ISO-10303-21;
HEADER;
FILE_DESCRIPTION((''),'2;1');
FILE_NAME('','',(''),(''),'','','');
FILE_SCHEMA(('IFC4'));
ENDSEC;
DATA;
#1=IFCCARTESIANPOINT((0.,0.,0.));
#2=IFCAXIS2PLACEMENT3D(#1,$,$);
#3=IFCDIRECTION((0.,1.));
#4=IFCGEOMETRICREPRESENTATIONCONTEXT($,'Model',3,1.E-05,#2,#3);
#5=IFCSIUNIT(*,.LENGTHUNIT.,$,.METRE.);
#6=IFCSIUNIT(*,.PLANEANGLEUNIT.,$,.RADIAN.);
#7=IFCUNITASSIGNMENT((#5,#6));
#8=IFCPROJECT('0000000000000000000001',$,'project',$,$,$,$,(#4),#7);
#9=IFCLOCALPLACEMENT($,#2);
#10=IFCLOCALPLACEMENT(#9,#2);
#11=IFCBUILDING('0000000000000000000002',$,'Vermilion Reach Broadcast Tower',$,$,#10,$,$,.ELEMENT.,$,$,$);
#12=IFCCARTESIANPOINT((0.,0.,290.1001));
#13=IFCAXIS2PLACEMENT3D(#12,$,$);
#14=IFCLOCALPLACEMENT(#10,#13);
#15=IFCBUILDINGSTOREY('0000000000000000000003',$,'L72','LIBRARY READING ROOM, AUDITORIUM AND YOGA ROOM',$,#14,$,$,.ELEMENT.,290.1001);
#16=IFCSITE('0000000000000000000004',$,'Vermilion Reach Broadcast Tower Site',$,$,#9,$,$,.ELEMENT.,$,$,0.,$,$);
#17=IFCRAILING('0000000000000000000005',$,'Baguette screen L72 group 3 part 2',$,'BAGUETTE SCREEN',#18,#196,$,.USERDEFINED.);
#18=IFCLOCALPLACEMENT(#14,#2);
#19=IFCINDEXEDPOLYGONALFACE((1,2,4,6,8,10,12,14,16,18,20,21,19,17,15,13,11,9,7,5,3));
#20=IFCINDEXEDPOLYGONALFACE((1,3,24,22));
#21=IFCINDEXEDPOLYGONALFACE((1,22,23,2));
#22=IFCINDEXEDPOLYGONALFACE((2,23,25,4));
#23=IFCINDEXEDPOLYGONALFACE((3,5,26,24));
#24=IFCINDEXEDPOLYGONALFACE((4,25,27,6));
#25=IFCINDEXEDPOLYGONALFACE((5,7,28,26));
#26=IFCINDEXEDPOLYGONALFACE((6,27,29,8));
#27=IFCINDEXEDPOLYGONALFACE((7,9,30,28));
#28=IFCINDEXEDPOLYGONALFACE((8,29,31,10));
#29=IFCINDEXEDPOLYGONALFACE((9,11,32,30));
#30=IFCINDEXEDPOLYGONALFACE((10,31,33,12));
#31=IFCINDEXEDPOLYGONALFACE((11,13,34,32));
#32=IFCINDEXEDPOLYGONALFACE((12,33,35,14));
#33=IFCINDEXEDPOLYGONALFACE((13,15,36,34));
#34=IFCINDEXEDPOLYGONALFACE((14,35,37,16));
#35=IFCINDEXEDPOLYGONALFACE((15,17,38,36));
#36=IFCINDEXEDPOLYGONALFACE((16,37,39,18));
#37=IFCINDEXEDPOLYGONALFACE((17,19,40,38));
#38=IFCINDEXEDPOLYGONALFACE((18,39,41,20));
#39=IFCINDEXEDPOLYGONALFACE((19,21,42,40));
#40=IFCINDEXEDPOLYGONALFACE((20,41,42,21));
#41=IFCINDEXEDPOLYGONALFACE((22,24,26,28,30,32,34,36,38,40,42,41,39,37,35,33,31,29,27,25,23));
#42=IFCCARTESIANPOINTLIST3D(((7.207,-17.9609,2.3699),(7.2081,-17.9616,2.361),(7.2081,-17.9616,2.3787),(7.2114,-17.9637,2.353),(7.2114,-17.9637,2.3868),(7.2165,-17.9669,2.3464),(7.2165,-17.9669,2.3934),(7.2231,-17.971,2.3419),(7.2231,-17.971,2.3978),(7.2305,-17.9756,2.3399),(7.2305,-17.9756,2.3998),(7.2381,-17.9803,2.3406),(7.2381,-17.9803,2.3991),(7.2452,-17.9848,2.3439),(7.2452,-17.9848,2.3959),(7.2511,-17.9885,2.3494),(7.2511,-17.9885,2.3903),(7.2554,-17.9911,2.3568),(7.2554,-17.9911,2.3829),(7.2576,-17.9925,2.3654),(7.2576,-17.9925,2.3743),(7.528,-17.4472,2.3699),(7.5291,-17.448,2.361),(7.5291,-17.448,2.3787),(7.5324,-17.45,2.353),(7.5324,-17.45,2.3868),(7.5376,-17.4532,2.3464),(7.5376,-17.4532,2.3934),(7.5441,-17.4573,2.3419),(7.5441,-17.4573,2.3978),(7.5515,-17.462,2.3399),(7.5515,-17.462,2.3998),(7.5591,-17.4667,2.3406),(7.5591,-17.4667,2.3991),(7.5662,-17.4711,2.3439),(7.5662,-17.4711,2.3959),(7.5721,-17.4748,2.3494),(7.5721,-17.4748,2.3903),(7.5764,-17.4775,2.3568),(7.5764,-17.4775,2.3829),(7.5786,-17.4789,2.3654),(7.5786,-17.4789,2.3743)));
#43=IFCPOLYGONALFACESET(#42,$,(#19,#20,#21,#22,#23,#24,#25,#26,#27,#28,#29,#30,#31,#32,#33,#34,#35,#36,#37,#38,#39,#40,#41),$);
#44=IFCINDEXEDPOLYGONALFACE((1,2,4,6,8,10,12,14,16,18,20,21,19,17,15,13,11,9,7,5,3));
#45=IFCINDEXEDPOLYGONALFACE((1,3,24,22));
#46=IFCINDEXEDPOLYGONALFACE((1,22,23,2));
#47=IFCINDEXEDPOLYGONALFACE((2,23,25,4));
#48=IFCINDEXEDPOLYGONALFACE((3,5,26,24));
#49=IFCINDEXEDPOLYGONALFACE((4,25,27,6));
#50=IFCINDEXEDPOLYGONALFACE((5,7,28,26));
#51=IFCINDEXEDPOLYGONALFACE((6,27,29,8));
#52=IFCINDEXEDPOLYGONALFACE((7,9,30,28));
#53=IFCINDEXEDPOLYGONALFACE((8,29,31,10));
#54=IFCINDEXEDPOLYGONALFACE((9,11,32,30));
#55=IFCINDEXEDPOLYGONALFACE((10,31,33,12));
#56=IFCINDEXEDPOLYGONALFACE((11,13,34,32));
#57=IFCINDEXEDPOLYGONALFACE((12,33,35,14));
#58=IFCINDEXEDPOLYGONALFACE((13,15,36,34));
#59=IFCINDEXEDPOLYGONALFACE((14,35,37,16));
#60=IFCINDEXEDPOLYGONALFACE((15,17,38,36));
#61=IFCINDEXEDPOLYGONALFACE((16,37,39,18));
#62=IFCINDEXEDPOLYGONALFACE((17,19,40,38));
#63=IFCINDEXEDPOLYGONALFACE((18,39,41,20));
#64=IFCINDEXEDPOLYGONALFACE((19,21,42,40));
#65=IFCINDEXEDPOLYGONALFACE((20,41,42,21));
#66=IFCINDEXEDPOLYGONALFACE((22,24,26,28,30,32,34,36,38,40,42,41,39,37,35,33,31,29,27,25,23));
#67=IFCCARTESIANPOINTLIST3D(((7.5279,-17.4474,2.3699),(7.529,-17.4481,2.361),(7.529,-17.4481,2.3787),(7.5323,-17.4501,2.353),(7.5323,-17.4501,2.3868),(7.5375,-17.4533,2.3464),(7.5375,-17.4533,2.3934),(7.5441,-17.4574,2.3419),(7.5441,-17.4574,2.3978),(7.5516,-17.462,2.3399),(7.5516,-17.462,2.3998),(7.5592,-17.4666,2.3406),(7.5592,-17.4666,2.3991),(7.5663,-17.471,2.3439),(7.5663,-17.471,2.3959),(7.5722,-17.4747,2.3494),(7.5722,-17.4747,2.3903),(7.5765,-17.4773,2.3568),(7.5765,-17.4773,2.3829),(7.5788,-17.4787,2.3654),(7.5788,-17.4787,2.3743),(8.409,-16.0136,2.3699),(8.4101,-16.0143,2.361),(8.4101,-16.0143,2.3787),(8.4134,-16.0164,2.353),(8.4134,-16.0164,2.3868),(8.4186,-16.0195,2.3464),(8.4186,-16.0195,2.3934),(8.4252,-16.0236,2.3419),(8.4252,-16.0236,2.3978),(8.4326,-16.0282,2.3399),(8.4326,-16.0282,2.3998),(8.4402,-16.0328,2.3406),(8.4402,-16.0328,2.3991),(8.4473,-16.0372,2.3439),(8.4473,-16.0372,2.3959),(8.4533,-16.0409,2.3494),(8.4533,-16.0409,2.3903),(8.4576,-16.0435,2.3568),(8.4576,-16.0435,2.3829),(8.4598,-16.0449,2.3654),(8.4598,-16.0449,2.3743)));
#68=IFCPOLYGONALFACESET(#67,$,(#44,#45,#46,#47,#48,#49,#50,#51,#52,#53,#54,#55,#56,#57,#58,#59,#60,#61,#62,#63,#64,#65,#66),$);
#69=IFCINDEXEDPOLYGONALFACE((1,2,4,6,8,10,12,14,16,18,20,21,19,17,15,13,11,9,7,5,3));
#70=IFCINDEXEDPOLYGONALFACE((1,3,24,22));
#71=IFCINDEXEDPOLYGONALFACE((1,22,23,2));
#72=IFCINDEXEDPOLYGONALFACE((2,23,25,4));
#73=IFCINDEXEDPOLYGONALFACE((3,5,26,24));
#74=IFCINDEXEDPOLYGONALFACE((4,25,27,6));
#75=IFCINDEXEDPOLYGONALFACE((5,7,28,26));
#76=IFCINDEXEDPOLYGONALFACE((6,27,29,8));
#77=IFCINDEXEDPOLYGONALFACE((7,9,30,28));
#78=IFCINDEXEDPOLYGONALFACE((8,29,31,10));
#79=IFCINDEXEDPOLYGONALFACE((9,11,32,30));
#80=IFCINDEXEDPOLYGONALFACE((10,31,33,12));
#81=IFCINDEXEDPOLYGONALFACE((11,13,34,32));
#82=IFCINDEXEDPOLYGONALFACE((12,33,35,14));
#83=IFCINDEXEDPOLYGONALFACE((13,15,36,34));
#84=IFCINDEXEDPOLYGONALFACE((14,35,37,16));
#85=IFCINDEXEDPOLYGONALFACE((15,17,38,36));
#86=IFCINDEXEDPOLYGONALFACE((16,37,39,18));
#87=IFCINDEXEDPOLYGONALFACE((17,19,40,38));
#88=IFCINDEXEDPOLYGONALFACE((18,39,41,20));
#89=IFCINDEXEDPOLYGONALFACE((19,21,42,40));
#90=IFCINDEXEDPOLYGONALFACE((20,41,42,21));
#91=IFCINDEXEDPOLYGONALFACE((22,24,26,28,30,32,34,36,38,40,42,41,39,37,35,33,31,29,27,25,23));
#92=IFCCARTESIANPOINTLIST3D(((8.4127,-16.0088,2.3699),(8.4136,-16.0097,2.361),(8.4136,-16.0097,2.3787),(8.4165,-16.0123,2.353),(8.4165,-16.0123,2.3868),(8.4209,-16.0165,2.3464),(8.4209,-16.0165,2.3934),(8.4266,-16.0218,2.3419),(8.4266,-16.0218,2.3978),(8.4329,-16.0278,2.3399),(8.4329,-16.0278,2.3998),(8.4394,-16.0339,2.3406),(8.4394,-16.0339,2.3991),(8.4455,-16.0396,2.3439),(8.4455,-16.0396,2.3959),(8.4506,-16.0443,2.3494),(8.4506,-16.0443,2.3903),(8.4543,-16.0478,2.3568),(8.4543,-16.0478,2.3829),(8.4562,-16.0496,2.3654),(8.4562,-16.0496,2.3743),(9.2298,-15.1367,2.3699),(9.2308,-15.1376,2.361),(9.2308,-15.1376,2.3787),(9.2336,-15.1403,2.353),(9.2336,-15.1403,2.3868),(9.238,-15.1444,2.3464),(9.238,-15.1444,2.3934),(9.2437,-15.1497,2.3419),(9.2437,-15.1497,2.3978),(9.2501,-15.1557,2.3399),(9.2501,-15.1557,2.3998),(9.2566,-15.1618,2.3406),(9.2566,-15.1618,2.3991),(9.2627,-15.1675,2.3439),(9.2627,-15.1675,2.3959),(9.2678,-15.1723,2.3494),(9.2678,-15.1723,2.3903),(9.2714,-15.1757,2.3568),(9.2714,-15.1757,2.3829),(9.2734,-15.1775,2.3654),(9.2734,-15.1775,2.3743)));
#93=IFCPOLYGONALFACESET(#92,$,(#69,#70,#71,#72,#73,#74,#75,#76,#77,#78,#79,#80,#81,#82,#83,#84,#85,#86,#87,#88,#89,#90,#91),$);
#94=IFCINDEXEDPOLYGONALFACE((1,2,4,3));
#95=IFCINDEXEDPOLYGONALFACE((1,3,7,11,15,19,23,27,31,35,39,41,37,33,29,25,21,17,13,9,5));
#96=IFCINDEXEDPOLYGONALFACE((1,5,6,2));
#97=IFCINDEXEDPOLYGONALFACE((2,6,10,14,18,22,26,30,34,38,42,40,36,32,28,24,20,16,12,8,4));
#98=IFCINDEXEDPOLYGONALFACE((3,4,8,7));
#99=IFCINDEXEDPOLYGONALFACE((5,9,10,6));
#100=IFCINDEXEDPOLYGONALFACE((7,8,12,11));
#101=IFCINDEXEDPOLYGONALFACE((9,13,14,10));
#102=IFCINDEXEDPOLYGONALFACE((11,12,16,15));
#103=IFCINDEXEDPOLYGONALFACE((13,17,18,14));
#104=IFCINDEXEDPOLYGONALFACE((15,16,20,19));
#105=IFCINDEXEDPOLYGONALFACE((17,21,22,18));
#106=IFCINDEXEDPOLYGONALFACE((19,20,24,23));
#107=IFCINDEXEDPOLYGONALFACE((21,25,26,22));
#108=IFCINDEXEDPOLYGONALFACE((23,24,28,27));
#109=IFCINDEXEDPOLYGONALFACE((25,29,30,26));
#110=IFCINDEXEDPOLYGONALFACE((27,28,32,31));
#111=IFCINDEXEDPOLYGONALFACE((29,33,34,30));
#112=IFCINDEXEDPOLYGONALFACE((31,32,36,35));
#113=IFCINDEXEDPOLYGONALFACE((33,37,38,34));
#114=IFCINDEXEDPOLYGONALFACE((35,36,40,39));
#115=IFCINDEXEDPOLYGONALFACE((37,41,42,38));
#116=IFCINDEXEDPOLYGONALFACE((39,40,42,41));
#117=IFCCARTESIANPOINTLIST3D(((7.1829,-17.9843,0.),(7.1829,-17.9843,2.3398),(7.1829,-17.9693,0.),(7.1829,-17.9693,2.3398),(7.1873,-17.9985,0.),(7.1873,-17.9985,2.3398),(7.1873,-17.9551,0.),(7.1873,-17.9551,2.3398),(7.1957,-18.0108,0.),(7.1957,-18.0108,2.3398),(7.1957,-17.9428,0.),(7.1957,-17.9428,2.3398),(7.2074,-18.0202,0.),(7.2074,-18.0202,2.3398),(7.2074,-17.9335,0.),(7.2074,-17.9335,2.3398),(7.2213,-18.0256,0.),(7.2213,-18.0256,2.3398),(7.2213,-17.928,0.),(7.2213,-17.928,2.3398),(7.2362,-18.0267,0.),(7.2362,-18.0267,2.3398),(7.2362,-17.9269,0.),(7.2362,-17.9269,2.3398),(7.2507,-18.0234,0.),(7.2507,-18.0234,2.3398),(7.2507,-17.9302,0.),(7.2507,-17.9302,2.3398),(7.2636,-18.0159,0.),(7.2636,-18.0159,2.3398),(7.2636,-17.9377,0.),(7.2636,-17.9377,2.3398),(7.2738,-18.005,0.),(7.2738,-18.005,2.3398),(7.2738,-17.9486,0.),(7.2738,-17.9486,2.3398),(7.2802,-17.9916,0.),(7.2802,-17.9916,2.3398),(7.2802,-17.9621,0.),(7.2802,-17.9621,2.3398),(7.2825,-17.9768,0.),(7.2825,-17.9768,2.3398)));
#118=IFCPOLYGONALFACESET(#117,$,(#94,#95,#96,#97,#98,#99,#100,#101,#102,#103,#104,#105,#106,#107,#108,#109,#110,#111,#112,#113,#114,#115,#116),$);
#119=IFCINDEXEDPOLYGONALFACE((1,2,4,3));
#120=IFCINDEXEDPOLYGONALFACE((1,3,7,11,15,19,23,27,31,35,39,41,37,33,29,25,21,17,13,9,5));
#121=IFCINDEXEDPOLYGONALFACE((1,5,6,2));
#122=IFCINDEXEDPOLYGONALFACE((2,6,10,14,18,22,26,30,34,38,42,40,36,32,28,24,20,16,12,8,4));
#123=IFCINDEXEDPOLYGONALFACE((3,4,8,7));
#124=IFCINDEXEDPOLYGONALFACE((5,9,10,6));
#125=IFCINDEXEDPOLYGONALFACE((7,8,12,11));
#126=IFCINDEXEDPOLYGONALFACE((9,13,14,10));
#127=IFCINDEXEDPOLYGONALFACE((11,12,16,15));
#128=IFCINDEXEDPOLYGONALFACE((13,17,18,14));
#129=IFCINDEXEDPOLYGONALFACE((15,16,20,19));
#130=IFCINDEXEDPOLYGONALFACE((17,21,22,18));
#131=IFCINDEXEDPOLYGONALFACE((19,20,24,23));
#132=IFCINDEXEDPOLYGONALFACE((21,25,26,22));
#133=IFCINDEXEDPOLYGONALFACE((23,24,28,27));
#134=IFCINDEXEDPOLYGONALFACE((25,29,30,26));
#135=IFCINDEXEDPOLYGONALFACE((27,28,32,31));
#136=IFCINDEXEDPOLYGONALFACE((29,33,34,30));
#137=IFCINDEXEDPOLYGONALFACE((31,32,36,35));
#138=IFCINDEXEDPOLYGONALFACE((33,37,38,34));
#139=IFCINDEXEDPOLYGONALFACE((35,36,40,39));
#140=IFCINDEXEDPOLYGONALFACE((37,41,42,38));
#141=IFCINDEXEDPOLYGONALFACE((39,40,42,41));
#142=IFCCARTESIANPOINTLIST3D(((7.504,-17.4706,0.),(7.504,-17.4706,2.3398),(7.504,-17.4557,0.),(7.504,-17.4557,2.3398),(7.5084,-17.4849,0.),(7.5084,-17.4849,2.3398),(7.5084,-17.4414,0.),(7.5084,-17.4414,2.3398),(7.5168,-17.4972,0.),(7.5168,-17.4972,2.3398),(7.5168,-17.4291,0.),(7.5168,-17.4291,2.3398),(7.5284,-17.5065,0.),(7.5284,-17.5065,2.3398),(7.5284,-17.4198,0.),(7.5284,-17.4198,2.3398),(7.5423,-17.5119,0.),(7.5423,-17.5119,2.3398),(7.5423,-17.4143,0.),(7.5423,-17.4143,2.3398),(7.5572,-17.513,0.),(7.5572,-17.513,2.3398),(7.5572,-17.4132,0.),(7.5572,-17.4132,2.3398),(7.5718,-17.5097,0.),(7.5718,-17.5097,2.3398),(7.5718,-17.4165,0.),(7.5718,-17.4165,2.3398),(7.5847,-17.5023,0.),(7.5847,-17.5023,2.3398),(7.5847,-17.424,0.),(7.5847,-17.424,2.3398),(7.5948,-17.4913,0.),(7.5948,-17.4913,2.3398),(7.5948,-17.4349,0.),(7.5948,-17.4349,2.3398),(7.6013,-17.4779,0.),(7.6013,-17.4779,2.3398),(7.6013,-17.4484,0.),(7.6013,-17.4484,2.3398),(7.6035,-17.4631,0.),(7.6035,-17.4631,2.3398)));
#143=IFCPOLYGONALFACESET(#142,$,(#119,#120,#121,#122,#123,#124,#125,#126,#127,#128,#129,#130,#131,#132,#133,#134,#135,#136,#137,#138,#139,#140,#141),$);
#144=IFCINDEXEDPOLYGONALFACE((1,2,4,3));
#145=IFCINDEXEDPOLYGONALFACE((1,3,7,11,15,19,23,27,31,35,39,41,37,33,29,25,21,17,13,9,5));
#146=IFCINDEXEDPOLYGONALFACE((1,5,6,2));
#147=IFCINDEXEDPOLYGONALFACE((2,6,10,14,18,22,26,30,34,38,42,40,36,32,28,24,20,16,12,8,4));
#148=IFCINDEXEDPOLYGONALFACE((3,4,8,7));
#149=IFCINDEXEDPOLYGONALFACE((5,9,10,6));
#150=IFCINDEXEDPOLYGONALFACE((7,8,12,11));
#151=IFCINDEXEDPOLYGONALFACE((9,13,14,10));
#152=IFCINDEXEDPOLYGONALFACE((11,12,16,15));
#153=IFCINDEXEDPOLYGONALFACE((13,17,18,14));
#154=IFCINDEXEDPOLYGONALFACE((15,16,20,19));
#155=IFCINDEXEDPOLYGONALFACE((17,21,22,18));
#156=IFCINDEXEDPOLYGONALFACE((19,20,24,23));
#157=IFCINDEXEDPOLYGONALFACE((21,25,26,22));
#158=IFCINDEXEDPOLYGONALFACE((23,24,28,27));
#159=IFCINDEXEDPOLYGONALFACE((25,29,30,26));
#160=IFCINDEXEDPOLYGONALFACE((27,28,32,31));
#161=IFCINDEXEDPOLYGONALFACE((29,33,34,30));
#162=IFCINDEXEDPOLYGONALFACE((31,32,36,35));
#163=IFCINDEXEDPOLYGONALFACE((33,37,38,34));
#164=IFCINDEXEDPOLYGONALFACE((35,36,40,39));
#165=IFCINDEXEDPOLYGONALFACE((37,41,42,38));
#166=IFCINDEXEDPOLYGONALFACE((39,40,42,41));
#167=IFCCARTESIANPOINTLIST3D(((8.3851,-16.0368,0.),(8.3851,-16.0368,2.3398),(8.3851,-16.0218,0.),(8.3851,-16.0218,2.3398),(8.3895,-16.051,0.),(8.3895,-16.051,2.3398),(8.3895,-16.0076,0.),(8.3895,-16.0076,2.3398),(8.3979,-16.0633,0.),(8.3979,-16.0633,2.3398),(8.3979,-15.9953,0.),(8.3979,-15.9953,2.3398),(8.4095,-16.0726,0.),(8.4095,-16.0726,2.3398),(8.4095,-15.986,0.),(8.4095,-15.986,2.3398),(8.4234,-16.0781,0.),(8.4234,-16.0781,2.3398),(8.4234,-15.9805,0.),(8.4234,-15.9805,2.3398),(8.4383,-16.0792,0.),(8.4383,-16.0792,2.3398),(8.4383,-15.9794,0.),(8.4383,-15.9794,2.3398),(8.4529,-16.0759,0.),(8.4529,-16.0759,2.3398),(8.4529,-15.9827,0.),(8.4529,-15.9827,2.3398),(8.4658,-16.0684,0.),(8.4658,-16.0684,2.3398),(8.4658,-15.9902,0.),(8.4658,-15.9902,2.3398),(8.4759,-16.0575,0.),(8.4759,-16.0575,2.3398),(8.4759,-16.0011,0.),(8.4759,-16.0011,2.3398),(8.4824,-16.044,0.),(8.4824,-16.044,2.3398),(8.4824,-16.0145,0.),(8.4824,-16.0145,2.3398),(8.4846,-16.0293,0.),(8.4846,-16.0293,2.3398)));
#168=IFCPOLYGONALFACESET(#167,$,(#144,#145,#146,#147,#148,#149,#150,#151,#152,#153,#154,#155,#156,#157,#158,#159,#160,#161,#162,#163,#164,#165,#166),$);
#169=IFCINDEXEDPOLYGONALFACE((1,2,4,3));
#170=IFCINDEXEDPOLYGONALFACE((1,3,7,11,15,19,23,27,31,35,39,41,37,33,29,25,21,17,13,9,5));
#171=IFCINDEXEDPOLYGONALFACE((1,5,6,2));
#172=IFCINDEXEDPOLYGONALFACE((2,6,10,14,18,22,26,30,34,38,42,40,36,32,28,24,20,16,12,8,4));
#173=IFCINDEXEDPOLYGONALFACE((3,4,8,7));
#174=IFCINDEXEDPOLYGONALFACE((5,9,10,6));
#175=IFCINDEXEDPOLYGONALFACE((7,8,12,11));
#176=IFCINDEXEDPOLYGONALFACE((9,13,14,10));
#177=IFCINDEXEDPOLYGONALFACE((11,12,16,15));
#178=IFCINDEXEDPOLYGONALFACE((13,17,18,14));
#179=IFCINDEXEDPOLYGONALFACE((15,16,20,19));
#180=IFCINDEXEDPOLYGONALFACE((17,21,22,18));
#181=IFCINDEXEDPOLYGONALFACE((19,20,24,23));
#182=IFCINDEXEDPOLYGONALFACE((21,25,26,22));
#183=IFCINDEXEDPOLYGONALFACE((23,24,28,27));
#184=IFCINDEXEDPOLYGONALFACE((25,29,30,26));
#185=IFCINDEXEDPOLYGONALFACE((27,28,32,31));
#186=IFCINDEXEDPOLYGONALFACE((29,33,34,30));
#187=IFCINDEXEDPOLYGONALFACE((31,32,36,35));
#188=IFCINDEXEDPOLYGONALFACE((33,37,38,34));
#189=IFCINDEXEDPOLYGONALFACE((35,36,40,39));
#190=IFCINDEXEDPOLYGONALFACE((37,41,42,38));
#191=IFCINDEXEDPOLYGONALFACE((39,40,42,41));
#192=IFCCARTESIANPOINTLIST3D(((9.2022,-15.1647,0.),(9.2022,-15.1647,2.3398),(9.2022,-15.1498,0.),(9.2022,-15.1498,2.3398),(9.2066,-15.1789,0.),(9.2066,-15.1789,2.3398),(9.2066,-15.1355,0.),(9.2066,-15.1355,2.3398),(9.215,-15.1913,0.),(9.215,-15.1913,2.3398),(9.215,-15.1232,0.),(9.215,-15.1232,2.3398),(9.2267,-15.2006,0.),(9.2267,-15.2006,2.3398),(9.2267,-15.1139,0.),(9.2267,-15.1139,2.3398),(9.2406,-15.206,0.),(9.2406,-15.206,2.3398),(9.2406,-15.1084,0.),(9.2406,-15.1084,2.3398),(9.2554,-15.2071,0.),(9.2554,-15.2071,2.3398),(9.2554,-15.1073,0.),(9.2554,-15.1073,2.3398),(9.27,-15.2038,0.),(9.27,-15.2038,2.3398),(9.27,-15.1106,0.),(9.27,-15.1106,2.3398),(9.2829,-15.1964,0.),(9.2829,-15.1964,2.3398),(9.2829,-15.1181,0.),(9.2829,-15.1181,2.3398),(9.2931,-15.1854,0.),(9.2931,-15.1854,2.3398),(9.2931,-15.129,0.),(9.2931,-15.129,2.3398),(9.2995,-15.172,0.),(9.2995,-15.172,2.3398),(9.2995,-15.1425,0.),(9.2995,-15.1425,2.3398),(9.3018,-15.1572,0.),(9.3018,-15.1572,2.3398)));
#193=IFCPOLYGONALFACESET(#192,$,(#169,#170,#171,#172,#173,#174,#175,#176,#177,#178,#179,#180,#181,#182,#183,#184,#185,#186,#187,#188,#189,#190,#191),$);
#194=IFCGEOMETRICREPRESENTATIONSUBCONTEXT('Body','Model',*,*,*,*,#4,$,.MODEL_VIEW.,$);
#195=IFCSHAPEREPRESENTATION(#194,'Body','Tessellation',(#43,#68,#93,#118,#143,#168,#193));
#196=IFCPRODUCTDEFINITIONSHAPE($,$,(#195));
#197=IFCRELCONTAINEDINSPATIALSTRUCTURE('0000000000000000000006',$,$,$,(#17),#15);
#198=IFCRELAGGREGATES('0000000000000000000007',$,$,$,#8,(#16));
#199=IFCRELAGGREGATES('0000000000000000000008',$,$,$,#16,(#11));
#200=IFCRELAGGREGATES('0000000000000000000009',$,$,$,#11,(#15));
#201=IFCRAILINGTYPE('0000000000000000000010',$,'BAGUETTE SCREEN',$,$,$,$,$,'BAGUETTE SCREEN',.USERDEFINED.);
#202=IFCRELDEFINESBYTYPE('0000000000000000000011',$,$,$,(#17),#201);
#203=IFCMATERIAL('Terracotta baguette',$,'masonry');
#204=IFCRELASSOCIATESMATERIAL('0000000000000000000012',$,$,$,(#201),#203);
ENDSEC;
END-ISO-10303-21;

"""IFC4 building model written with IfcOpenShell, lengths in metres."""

from ifc_helpers import new_model, si_unit, direction, frame, origin, origin_2d, place, context, subcontext, project, spatial, circle, extrude, material, type_object, element, save


model = new_model("IFC4")

# Units and contexts
model_context = context("Model", 3, precision=1e-05, world=origin(), true_north=direction((0.0, 1.0)))
body_context = subcontext(model_context, "Body", "Model", "MODEL_VIEW")
ifc_project = project(units=[si_unit("LENGTHUNIT", "METRE"), si_unit("PLANEANGLEUNIT", "RADIAN")], contexts=[model_context])

# Site, building, storey
site_placement = place(None, origin())
site = spatial("IfcSite", under=ifc_project, at=site_placement, Name="Vermilion Reach Broadcast Tower Site", CompositionType="ELEMENT", RefElevation=0.0)
building_placement = place(site_placement, origin())
building = spatial("IfcBuilding", under=site, at=building_placement, Name="Vermilion Reach Broadcast Tower", CompositionType="ELEMENT")
storey_placement = place(building_placement, frame((0.0, 0.0, 290.1001)))
storey = spatial("IfcBuildingStorey", under=building, at=storey_placement, Name="L72", Description="LIBRARY READING ROOM, AUDITORIUM AND YOGA ROOM", CompositionType="ELEMENT", Elevation=290.1001)

# Railing
ifc_material_1 = material(Name="Terracotta baguette", Category="masonry")
railing_type = type_object("IfcRailingType", Name="BAGUETTE SCREEN", ElementType="BAGUETTE SCREEN", PredefinedType="USERDEFINED", material=ifc_material_1)
railing_placement = place(storey_placement, frame((7.2324, -17.9768, 0.0)))
element("IfcRailing", 1, at=railing_placement, inside=storey, type_object=railing_type, Name="Baguette screen L72 group 3 part 2", ObjectType="BAGUETTE SCREEN", PredefinedType="USERDEFINED", context=body_context, shape_type="SweptSolid", body=[
    extrude(circle(Radius=0.03, at=origin_2d()), frame((0.0, 0.0, 2.3699), z_axis=(0.529999, 0.847998, 0.0), x_axis=(-0.847998, 0.529999, 0.0)), (0.0, 0.0, 1.0), 0.6057),
    extrude(circle(Radius=0.03, at=origin_2d()), frame((0.321, 0.5137, 2.3699), z_axis=(0.523555, 0.851992, 0.0), x_axis=(-0.851992, 0.523555, 0.0)), (0.0, 0.0, 1.0), 1.6829),
    extrude(circle(Radius=0.03, at=origin_2d()), frame((1.2021, 1.9475, 2.3699), z_axis=(0.683751, 0.729716, 0.0), x_axis=(-0.729716, 0.683751, 0.0)), (0.0, 0.0, 1.0), 1.1951),
    extrude(circle(Radius=0.05, at=origin_2d()), origin(), (0.0, 0.0, 1.0), 2.3398),
    extrude(circle(Radius=0.05, at=origin_2d()), frame((0.321, 0.5137, 0.0)), (0.0, 0.0, 1.0), 2.3398),
    extrude(circle(Radius=0.05, at=origin_2d()), frame((1.2021, 1.9475, 0.0)), (0.0, 0.0, 1.0), 2.3398),
    extrude(circle(Radius=0.05, at=origin_2d()), frame((2.0193, 2.8196, 0.0)), (0.0, 0.0, 1.0), 2.3398),
])

save(model, "model.ifc")
